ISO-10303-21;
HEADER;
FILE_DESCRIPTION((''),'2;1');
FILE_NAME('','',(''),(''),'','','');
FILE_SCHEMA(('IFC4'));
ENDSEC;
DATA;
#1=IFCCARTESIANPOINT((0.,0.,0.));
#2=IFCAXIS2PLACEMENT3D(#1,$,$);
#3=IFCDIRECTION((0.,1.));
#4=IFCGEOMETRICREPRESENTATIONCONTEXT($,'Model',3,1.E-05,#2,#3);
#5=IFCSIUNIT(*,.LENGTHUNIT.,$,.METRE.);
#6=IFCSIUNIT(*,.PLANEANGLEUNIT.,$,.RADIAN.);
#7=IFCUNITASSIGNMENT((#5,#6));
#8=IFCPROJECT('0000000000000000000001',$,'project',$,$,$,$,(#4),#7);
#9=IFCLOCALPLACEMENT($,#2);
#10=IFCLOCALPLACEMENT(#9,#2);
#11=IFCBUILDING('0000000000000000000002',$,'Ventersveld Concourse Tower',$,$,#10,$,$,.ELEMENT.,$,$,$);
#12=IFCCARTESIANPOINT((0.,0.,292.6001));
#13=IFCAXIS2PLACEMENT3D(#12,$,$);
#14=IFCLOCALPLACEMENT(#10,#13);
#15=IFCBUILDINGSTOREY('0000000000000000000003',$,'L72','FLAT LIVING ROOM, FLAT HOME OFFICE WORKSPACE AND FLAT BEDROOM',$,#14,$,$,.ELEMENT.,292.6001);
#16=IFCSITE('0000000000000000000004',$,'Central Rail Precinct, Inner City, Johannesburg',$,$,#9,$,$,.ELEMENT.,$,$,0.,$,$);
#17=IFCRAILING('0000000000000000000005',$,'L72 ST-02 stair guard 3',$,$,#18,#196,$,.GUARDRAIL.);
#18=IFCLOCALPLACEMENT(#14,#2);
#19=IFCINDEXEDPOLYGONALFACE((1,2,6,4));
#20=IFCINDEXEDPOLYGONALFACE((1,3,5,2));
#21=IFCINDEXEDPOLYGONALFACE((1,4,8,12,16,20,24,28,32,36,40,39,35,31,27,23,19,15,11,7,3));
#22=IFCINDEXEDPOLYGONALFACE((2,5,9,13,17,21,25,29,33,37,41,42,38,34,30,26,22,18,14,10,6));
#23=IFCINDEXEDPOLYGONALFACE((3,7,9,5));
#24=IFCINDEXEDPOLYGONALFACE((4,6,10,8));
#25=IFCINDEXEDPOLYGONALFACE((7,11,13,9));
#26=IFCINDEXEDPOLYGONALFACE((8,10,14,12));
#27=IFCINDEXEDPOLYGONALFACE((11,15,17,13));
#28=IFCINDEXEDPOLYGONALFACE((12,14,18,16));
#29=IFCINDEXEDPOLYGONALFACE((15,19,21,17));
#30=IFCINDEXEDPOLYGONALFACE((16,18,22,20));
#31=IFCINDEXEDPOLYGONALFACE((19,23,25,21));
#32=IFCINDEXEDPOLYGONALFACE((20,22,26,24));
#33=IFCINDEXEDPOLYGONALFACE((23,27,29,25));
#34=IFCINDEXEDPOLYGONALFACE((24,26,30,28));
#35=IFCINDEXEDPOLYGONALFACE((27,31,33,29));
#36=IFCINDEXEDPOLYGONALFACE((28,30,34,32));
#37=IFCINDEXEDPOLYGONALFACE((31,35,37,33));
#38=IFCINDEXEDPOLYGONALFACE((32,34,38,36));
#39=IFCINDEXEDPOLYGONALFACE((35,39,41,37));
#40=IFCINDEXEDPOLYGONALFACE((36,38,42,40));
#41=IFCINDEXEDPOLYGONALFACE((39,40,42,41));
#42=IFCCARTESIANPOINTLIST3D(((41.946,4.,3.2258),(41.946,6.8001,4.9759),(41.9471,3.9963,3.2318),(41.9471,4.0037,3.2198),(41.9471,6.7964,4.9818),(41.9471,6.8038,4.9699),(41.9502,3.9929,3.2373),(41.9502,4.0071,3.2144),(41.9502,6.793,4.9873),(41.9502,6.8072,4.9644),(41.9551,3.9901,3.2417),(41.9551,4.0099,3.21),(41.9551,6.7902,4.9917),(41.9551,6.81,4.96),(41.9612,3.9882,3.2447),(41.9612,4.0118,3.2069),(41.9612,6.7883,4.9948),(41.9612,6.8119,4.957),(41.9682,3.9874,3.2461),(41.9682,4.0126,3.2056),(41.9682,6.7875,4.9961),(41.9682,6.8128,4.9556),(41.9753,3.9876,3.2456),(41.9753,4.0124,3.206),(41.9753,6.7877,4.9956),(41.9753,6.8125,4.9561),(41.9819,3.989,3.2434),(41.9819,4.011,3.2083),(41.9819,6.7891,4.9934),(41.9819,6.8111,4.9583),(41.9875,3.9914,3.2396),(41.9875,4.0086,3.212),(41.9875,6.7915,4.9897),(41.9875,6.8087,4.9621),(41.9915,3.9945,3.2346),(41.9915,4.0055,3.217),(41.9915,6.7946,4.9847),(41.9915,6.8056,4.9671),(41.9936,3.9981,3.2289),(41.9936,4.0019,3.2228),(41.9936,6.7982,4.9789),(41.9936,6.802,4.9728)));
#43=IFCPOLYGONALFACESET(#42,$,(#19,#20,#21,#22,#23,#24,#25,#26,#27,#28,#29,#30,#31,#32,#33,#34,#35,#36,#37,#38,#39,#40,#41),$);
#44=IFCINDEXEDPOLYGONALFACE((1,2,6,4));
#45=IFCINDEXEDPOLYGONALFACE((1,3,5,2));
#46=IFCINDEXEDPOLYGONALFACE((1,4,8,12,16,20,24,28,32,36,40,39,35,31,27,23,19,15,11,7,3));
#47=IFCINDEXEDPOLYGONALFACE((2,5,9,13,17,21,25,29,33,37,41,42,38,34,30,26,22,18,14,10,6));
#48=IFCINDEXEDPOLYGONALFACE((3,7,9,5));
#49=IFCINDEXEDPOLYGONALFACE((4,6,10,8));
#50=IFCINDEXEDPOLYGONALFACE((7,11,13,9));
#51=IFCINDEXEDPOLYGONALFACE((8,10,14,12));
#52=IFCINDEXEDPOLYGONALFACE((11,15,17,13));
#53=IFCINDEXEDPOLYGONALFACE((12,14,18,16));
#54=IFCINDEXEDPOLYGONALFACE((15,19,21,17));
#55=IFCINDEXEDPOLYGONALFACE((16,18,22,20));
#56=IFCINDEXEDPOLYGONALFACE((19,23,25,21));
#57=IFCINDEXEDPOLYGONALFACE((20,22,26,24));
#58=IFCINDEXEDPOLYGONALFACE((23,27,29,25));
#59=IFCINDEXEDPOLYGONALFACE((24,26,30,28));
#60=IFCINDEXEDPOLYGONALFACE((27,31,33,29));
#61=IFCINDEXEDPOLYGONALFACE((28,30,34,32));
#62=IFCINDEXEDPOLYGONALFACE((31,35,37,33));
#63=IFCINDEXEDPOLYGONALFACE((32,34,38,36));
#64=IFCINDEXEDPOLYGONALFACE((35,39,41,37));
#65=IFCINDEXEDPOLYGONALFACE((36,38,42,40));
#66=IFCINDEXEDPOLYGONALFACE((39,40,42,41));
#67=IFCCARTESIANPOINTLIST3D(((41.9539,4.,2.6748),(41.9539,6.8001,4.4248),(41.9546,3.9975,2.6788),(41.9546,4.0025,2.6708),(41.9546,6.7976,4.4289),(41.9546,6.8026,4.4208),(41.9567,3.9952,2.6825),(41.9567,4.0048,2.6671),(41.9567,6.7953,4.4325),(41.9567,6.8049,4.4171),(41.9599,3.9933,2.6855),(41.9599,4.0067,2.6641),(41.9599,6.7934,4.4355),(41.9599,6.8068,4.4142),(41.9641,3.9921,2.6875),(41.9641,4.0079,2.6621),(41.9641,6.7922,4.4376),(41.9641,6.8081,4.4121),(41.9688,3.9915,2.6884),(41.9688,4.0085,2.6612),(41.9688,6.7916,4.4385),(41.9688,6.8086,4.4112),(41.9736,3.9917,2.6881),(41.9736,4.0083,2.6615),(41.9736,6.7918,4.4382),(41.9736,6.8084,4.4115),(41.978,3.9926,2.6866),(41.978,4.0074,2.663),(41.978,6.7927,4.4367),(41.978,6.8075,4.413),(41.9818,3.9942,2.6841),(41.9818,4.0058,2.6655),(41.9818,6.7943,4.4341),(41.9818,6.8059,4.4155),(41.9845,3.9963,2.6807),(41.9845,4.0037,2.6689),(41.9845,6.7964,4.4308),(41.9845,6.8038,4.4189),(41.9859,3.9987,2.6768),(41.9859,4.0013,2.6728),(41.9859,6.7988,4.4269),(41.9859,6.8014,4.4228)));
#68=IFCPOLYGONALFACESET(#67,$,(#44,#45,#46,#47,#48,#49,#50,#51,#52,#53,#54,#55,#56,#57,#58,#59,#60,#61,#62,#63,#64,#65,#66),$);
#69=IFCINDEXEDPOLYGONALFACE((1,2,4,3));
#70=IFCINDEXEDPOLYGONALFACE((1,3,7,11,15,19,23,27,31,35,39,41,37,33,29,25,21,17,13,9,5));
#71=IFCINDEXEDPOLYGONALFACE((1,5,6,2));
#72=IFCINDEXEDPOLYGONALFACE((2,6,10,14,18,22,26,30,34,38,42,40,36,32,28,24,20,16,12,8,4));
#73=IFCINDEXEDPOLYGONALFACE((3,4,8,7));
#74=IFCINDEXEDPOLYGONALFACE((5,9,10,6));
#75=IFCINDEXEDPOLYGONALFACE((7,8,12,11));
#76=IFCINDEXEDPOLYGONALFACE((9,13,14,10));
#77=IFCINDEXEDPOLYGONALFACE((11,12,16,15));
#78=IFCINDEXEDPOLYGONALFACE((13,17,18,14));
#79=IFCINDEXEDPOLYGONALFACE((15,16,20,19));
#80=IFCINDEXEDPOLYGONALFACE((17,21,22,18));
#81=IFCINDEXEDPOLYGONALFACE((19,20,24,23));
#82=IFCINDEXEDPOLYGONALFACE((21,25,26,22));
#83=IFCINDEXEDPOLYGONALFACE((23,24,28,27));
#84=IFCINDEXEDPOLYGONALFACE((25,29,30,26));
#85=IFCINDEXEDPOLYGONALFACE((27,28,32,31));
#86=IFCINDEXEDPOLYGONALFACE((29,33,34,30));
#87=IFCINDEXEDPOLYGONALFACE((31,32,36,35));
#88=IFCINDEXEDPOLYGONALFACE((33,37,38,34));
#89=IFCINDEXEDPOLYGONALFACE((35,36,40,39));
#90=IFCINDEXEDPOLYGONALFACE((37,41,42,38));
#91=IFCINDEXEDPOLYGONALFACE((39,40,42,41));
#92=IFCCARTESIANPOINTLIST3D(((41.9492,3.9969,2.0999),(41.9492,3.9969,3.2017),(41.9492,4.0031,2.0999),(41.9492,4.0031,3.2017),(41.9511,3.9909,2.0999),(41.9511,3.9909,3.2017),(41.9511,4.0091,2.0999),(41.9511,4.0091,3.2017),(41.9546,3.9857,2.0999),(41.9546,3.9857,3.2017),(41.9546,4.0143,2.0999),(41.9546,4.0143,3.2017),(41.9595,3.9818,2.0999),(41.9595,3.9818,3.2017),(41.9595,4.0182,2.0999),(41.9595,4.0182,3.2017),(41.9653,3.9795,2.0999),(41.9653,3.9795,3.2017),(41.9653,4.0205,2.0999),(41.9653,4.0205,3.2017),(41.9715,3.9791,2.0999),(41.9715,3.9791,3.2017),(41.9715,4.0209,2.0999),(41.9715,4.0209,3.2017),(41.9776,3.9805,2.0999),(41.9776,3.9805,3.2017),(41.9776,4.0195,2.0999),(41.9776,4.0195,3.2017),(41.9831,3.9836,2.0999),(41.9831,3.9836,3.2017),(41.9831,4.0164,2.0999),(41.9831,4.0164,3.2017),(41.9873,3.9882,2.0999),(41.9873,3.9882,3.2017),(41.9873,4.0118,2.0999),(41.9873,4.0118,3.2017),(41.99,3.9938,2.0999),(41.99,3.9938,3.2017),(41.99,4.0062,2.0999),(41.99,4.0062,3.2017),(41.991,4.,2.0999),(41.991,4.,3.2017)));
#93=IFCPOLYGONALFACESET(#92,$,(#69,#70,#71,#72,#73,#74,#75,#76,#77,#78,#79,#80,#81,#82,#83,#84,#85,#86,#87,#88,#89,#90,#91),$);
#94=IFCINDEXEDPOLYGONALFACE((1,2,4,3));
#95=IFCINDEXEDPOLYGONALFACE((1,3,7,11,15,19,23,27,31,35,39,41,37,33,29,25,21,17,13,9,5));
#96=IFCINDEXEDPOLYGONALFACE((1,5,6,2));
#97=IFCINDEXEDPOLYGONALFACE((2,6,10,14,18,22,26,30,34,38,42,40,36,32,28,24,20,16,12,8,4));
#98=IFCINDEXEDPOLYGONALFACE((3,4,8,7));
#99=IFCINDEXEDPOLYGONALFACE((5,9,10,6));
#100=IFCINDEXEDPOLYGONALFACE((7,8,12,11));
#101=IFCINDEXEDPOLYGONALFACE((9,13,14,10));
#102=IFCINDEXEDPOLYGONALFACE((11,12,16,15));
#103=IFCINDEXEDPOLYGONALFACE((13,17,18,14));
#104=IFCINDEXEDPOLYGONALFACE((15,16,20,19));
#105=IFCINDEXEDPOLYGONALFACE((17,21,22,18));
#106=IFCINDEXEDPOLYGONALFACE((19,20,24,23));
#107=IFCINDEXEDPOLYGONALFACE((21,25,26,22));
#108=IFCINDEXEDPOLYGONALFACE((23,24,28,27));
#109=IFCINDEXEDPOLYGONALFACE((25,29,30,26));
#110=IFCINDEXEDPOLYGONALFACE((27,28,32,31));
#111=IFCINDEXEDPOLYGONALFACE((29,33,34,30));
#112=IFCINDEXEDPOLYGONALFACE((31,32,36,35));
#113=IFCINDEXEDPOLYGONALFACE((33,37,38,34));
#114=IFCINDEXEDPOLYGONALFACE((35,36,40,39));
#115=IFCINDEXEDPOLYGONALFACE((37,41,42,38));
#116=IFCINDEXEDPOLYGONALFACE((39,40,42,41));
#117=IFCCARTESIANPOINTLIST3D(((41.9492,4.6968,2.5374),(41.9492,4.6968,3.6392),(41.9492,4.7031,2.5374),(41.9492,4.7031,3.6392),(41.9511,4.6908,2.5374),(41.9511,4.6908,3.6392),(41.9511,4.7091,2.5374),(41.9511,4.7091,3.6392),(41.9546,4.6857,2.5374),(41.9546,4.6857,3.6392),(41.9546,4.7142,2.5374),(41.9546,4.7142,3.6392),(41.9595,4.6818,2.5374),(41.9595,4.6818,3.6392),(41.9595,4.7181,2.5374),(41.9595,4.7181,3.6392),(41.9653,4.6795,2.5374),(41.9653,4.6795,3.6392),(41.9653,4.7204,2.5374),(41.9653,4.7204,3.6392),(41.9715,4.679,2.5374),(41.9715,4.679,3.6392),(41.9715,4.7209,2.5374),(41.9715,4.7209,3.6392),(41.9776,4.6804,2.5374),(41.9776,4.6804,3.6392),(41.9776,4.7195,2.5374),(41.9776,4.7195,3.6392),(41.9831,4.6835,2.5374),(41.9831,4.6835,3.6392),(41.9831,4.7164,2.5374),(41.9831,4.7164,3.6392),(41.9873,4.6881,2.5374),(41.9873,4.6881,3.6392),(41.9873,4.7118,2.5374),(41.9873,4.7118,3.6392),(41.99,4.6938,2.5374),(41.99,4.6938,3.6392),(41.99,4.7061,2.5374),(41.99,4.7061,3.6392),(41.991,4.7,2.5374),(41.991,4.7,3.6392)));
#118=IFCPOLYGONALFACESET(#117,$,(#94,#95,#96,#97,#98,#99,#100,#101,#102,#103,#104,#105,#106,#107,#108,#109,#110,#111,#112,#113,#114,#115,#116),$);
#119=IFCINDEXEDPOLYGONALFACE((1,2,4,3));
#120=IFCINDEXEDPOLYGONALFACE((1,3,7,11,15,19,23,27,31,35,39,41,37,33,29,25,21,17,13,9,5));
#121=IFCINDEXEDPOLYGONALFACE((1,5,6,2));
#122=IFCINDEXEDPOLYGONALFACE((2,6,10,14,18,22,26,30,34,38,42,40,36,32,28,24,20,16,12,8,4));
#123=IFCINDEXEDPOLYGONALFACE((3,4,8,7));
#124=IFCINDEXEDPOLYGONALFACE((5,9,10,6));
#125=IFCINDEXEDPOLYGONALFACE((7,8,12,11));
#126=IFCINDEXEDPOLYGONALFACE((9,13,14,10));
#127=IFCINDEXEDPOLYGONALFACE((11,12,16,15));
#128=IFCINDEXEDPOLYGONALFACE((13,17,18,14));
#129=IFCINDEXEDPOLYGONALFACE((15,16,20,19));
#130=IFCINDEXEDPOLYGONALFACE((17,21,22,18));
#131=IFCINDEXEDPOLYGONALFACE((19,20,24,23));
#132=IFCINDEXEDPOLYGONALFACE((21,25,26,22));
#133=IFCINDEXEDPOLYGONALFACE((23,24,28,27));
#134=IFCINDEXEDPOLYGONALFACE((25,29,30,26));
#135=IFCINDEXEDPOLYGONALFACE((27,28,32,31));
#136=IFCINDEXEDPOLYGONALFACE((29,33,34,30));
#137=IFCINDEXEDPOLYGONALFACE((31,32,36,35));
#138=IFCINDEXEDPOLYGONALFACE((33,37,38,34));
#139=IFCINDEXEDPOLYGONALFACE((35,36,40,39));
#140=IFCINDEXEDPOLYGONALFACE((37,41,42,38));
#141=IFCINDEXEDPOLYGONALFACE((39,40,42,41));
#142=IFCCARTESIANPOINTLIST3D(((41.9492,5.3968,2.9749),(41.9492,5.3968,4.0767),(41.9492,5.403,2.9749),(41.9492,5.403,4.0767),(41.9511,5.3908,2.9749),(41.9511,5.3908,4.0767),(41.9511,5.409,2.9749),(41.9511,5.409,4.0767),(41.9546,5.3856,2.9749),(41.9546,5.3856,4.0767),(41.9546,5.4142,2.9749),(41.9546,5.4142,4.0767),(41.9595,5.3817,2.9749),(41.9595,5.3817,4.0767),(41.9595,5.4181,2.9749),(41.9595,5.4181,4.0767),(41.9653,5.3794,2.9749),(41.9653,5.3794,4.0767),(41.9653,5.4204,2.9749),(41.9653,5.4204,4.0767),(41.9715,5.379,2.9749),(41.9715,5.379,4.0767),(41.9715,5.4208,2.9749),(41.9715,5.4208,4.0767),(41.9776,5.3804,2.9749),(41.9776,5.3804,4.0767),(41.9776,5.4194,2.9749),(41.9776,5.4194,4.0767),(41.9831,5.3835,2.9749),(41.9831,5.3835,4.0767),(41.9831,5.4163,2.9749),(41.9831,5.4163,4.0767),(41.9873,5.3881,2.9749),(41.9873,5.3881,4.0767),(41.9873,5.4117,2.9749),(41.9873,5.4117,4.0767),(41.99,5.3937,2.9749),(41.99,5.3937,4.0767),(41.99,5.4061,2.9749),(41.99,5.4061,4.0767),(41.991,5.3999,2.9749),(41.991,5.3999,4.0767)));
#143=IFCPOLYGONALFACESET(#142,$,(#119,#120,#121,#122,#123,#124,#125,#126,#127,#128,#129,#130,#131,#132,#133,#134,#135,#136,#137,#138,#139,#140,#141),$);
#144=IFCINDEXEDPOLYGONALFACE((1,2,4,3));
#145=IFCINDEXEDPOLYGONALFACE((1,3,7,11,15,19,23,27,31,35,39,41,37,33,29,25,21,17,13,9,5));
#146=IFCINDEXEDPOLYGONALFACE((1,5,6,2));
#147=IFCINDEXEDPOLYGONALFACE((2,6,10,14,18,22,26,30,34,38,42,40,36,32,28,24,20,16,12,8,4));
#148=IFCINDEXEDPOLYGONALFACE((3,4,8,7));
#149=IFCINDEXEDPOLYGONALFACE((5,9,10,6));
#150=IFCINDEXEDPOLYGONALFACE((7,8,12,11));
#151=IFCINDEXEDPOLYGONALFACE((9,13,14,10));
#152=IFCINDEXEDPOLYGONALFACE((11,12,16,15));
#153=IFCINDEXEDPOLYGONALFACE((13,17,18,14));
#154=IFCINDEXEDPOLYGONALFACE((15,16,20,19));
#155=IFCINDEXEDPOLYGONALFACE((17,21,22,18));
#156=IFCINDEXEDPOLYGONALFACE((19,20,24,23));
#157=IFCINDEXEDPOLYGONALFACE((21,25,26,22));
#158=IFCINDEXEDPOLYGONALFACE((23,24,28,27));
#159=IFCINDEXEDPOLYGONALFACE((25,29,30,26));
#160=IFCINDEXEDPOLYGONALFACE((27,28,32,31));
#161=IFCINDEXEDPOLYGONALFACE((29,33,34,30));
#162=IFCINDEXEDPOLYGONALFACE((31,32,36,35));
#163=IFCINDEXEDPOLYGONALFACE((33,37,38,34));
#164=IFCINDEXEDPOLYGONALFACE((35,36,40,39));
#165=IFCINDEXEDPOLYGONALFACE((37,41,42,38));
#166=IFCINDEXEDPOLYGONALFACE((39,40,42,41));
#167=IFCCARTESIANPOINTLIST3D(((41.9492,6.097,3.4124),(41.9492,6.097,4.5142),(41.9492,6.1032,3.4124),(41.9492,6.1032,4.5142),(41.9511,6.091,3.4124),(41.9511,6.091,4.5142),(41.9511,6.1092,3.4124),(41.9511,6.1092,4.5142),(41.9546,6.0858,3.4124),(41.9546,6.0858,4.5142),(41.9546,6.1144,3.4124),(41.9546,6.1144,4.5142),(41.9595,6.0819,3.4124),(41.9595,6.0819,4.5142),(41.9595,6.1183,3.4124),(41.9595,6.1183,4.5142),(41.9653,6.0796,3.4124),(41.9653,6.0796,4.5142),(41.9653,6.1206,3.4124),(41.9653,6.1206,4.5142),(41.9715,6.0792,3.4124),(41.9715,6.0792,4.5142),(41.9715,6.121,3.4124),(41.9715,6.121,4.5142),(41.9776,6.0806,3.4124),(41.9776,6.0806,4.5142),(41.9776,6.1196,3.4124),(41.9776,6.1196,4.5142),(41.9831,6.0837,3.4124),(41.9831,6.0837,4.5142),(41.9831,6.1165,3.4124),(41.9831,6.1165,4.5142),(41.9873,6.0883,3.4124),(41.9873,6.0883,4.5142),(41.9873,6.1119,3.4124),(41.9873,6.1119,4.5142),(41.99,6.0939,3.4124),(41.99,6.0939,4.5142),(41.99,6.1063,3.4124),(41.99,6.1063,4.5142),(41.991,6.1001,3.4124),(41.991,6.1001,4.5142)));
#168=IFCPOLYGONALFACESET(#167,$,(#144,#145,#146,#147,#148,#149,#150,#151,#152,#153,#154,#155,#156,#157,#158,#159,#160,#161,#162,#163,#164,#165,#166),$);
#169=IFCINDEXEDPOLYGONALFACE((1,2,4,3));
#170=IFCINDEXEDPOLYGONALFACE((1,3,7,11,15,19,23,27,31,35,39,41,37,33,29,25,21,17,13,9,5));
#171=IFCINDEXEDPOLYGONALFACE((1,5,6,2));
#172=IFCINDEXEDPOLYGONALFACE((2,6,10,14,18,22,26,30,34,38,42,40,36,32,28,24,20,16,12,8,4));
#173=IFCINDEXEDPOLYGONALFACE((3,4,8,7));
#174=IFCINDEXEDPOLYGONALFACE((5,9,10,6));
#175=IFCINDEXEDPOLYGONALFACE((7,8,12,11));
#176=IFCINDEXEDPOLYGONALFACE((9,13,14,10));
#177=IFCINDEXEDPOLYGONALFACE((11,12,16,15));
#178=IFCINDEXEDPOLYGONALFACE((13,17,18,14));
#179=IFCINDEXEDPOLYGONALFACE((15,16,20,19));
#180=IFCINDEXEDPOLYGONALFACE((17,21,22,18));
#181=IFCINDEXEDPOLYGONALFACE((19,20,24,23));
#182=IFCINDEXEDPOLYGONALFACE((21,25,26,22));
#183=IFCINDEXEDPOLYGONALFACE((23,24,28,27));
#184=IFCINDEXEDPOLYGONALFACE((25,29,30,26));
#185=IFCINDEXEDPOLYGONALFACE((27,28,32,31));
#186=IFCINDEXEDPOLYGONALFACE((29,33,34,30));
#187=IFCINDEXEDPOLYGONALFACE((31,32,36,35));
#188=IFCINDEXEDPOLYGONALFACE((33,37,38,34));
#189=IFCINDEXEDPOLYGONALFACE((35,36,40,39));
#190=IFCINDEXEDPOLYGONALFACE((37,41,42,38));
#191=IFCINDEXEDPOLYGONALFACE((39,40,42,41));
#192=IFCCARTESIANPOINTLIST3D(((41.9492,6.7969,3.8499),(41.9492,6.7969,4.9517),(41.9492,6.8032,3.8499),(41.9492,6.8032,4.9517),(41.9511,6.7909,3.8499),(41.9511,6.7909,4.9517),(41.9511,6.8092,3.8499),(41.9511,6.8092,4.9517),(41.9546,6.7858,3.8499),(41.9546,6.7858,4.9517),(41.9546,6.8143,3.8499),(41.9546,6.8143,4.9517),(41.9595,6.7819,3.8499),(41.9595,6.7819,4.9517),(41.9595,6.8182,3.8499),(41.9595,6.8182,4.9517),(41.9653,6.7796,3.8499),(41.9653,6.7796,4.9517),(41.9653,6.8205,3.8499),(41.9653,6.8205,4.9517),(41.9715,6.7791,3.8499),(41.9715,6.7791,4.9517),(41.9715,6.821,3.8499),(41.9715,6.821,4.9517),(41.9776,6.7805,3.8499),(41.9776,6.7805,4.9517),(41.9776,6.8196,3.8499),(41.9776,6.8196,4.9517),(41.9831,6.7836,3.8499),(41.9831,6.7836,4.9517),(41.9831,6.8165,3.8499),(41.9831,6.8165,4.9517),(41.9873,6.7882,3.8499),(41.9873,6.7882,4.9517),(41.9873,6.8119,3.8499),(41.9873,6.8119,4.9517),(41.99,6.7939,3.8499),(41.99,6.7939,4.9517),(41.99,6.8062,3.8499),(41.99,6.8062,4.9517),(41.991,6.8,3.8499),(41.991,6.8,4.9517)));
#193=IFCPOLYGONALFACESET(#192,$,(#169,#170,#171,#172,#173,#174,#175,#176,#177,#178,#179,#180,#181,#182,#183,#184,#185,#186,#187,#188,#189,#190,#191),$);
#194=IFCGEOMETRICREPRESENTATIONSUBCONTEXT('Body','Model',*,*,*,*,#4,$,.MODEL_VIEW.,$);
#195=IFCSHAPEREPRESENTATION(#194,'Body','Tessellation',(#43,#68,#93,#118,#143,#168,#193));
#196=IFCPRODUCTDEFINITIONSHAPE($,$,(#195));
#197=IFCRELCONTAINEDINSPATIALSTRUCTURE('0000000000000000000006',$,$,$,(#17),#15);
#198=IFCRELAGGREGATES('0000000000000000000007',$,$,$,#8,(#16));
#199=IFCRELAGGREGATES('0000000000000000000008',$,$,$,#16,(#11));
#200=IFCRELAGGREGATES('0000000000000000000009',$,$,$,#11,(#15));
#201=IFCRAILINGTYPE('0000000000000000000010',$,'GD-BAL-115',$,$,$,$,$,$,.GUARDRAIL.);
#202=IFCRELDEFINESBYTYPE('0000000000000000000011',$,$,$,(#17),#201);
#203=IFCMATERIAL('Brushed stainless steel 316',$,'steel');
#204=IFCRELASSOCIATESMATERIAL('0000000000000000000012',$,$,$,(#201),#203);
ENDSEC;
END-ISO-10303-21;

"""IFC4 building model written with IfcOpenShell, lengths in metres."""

from ifc_helpers import new_model, si_unit, direction, frame, origin, origin_2d, place, context, subcontext, project, spatial, circle, extrude, material, type_object, element, save


model = new_model("IFC4")

# Units and contexts
model_context = context("Model", 3, precision=1e-05, world=origin(), true_north=direction((0.0, 1.0)))
body_context = subcontext(model_context, "Body", "Model", "MODEL_VIEW")
ifc_project = project(units=[si_unit("LENGTHUNIT", "METRE"), si_unit("PLANEANGLEUNIT", "RADIAN")], contexts=[model_context])

# Site, building, storey
site_placement = place(None, origin())
site = spatial("IfcSite", under=ifc_project, at=site_placement, Name="Central Rail Precinct, Inner City, Johannesburg", CompositionType="ELEMENT", RefElevation=0.0)
building_placement = place(site_placement, origin())
building = spatial("IfcBuilding", under=site, at=building_placement, Name="Ventersveld Concourse Tower", CompositionType="ELEMENT")
storey_placement = place(building_placement, frame((0.0, 0.0, 292.6001)))
storey = spatial("IfcBuildingStorey", under=building, at=storey_placement, Name="L72", Description="FLAT LIVING ROOM, FLAT HOME OFFICE WORKSPACE AND FLAT BEDROOM", CompositionType="ELEMENT", Elevation=292.6001)

# Shared definitions
ifc_material_1 = material(Name="Brushed stainless steel 316", Category="steel")

# Railing
railing_type_1 = type_object("IfcRailingType", Name="GD-BAL-115", PredefinedType="GUARDRAIL", material=ifc_material_1)
railing_1_placement = place(storey_placement, frame((41.97, 4.0, 2.0999)))
element("IfcRailing", 1, at=railing_1_placement, inside=storey, type_object=railing_type_1, Name="L72 ST-02 stair guard 3", PredefinedType="GUARDRAIL", context=body_context, shape_type="SweptSolid", body=[
    extrude(circle(Radius=0.0239, at=origin_2d()), frame((0.0, 0.0, 1.126), z_axis=(0.0, 0.848002, 0.529992), x_axis=(-1.0, 0.0, 0.0)), (0.0, 0.0, 1.0), 3.302),
    extrude(circle(Radius=0.0161, at=origin_2d()), frame((0.0, 0.0, 0.575), z_axis=(0.0, 0.848002, 0.529992), x_axis=(-1.0, 0.0, 0.0)), (0.0, 0.0, 1.0), 3.302),
    extrude(circle(Radius=0.021, at=origin_2d()), origin(), (0.0, 0.0, 1.0), 1.1018),
    extrude(circle(Radius=0.021, at=origin_2d()), frame((0.0, 0.7, 0.4375)), (0.0, 0.0, 1.0), 1.1018),
    extrude(circle(Radius=0.021, at=origin_2d()), frame((0.0, 1.3999, 0.875)), (0.0, 0.0, 1.0), 1.1018),
    extrude(circle(Radius=0.021, at=origin_2d()), frame((0.0, 2.1001, 1.3125)), (0.0, 0.0, 1.0), 1.1018),
    extrude(circle(Radius=0.021, at=origin_2d()), frame((0.0, 2.8, 1.75)), (0.0, 0.0, 1.0), 1.1018),
])

save(model, "model.ifc")
